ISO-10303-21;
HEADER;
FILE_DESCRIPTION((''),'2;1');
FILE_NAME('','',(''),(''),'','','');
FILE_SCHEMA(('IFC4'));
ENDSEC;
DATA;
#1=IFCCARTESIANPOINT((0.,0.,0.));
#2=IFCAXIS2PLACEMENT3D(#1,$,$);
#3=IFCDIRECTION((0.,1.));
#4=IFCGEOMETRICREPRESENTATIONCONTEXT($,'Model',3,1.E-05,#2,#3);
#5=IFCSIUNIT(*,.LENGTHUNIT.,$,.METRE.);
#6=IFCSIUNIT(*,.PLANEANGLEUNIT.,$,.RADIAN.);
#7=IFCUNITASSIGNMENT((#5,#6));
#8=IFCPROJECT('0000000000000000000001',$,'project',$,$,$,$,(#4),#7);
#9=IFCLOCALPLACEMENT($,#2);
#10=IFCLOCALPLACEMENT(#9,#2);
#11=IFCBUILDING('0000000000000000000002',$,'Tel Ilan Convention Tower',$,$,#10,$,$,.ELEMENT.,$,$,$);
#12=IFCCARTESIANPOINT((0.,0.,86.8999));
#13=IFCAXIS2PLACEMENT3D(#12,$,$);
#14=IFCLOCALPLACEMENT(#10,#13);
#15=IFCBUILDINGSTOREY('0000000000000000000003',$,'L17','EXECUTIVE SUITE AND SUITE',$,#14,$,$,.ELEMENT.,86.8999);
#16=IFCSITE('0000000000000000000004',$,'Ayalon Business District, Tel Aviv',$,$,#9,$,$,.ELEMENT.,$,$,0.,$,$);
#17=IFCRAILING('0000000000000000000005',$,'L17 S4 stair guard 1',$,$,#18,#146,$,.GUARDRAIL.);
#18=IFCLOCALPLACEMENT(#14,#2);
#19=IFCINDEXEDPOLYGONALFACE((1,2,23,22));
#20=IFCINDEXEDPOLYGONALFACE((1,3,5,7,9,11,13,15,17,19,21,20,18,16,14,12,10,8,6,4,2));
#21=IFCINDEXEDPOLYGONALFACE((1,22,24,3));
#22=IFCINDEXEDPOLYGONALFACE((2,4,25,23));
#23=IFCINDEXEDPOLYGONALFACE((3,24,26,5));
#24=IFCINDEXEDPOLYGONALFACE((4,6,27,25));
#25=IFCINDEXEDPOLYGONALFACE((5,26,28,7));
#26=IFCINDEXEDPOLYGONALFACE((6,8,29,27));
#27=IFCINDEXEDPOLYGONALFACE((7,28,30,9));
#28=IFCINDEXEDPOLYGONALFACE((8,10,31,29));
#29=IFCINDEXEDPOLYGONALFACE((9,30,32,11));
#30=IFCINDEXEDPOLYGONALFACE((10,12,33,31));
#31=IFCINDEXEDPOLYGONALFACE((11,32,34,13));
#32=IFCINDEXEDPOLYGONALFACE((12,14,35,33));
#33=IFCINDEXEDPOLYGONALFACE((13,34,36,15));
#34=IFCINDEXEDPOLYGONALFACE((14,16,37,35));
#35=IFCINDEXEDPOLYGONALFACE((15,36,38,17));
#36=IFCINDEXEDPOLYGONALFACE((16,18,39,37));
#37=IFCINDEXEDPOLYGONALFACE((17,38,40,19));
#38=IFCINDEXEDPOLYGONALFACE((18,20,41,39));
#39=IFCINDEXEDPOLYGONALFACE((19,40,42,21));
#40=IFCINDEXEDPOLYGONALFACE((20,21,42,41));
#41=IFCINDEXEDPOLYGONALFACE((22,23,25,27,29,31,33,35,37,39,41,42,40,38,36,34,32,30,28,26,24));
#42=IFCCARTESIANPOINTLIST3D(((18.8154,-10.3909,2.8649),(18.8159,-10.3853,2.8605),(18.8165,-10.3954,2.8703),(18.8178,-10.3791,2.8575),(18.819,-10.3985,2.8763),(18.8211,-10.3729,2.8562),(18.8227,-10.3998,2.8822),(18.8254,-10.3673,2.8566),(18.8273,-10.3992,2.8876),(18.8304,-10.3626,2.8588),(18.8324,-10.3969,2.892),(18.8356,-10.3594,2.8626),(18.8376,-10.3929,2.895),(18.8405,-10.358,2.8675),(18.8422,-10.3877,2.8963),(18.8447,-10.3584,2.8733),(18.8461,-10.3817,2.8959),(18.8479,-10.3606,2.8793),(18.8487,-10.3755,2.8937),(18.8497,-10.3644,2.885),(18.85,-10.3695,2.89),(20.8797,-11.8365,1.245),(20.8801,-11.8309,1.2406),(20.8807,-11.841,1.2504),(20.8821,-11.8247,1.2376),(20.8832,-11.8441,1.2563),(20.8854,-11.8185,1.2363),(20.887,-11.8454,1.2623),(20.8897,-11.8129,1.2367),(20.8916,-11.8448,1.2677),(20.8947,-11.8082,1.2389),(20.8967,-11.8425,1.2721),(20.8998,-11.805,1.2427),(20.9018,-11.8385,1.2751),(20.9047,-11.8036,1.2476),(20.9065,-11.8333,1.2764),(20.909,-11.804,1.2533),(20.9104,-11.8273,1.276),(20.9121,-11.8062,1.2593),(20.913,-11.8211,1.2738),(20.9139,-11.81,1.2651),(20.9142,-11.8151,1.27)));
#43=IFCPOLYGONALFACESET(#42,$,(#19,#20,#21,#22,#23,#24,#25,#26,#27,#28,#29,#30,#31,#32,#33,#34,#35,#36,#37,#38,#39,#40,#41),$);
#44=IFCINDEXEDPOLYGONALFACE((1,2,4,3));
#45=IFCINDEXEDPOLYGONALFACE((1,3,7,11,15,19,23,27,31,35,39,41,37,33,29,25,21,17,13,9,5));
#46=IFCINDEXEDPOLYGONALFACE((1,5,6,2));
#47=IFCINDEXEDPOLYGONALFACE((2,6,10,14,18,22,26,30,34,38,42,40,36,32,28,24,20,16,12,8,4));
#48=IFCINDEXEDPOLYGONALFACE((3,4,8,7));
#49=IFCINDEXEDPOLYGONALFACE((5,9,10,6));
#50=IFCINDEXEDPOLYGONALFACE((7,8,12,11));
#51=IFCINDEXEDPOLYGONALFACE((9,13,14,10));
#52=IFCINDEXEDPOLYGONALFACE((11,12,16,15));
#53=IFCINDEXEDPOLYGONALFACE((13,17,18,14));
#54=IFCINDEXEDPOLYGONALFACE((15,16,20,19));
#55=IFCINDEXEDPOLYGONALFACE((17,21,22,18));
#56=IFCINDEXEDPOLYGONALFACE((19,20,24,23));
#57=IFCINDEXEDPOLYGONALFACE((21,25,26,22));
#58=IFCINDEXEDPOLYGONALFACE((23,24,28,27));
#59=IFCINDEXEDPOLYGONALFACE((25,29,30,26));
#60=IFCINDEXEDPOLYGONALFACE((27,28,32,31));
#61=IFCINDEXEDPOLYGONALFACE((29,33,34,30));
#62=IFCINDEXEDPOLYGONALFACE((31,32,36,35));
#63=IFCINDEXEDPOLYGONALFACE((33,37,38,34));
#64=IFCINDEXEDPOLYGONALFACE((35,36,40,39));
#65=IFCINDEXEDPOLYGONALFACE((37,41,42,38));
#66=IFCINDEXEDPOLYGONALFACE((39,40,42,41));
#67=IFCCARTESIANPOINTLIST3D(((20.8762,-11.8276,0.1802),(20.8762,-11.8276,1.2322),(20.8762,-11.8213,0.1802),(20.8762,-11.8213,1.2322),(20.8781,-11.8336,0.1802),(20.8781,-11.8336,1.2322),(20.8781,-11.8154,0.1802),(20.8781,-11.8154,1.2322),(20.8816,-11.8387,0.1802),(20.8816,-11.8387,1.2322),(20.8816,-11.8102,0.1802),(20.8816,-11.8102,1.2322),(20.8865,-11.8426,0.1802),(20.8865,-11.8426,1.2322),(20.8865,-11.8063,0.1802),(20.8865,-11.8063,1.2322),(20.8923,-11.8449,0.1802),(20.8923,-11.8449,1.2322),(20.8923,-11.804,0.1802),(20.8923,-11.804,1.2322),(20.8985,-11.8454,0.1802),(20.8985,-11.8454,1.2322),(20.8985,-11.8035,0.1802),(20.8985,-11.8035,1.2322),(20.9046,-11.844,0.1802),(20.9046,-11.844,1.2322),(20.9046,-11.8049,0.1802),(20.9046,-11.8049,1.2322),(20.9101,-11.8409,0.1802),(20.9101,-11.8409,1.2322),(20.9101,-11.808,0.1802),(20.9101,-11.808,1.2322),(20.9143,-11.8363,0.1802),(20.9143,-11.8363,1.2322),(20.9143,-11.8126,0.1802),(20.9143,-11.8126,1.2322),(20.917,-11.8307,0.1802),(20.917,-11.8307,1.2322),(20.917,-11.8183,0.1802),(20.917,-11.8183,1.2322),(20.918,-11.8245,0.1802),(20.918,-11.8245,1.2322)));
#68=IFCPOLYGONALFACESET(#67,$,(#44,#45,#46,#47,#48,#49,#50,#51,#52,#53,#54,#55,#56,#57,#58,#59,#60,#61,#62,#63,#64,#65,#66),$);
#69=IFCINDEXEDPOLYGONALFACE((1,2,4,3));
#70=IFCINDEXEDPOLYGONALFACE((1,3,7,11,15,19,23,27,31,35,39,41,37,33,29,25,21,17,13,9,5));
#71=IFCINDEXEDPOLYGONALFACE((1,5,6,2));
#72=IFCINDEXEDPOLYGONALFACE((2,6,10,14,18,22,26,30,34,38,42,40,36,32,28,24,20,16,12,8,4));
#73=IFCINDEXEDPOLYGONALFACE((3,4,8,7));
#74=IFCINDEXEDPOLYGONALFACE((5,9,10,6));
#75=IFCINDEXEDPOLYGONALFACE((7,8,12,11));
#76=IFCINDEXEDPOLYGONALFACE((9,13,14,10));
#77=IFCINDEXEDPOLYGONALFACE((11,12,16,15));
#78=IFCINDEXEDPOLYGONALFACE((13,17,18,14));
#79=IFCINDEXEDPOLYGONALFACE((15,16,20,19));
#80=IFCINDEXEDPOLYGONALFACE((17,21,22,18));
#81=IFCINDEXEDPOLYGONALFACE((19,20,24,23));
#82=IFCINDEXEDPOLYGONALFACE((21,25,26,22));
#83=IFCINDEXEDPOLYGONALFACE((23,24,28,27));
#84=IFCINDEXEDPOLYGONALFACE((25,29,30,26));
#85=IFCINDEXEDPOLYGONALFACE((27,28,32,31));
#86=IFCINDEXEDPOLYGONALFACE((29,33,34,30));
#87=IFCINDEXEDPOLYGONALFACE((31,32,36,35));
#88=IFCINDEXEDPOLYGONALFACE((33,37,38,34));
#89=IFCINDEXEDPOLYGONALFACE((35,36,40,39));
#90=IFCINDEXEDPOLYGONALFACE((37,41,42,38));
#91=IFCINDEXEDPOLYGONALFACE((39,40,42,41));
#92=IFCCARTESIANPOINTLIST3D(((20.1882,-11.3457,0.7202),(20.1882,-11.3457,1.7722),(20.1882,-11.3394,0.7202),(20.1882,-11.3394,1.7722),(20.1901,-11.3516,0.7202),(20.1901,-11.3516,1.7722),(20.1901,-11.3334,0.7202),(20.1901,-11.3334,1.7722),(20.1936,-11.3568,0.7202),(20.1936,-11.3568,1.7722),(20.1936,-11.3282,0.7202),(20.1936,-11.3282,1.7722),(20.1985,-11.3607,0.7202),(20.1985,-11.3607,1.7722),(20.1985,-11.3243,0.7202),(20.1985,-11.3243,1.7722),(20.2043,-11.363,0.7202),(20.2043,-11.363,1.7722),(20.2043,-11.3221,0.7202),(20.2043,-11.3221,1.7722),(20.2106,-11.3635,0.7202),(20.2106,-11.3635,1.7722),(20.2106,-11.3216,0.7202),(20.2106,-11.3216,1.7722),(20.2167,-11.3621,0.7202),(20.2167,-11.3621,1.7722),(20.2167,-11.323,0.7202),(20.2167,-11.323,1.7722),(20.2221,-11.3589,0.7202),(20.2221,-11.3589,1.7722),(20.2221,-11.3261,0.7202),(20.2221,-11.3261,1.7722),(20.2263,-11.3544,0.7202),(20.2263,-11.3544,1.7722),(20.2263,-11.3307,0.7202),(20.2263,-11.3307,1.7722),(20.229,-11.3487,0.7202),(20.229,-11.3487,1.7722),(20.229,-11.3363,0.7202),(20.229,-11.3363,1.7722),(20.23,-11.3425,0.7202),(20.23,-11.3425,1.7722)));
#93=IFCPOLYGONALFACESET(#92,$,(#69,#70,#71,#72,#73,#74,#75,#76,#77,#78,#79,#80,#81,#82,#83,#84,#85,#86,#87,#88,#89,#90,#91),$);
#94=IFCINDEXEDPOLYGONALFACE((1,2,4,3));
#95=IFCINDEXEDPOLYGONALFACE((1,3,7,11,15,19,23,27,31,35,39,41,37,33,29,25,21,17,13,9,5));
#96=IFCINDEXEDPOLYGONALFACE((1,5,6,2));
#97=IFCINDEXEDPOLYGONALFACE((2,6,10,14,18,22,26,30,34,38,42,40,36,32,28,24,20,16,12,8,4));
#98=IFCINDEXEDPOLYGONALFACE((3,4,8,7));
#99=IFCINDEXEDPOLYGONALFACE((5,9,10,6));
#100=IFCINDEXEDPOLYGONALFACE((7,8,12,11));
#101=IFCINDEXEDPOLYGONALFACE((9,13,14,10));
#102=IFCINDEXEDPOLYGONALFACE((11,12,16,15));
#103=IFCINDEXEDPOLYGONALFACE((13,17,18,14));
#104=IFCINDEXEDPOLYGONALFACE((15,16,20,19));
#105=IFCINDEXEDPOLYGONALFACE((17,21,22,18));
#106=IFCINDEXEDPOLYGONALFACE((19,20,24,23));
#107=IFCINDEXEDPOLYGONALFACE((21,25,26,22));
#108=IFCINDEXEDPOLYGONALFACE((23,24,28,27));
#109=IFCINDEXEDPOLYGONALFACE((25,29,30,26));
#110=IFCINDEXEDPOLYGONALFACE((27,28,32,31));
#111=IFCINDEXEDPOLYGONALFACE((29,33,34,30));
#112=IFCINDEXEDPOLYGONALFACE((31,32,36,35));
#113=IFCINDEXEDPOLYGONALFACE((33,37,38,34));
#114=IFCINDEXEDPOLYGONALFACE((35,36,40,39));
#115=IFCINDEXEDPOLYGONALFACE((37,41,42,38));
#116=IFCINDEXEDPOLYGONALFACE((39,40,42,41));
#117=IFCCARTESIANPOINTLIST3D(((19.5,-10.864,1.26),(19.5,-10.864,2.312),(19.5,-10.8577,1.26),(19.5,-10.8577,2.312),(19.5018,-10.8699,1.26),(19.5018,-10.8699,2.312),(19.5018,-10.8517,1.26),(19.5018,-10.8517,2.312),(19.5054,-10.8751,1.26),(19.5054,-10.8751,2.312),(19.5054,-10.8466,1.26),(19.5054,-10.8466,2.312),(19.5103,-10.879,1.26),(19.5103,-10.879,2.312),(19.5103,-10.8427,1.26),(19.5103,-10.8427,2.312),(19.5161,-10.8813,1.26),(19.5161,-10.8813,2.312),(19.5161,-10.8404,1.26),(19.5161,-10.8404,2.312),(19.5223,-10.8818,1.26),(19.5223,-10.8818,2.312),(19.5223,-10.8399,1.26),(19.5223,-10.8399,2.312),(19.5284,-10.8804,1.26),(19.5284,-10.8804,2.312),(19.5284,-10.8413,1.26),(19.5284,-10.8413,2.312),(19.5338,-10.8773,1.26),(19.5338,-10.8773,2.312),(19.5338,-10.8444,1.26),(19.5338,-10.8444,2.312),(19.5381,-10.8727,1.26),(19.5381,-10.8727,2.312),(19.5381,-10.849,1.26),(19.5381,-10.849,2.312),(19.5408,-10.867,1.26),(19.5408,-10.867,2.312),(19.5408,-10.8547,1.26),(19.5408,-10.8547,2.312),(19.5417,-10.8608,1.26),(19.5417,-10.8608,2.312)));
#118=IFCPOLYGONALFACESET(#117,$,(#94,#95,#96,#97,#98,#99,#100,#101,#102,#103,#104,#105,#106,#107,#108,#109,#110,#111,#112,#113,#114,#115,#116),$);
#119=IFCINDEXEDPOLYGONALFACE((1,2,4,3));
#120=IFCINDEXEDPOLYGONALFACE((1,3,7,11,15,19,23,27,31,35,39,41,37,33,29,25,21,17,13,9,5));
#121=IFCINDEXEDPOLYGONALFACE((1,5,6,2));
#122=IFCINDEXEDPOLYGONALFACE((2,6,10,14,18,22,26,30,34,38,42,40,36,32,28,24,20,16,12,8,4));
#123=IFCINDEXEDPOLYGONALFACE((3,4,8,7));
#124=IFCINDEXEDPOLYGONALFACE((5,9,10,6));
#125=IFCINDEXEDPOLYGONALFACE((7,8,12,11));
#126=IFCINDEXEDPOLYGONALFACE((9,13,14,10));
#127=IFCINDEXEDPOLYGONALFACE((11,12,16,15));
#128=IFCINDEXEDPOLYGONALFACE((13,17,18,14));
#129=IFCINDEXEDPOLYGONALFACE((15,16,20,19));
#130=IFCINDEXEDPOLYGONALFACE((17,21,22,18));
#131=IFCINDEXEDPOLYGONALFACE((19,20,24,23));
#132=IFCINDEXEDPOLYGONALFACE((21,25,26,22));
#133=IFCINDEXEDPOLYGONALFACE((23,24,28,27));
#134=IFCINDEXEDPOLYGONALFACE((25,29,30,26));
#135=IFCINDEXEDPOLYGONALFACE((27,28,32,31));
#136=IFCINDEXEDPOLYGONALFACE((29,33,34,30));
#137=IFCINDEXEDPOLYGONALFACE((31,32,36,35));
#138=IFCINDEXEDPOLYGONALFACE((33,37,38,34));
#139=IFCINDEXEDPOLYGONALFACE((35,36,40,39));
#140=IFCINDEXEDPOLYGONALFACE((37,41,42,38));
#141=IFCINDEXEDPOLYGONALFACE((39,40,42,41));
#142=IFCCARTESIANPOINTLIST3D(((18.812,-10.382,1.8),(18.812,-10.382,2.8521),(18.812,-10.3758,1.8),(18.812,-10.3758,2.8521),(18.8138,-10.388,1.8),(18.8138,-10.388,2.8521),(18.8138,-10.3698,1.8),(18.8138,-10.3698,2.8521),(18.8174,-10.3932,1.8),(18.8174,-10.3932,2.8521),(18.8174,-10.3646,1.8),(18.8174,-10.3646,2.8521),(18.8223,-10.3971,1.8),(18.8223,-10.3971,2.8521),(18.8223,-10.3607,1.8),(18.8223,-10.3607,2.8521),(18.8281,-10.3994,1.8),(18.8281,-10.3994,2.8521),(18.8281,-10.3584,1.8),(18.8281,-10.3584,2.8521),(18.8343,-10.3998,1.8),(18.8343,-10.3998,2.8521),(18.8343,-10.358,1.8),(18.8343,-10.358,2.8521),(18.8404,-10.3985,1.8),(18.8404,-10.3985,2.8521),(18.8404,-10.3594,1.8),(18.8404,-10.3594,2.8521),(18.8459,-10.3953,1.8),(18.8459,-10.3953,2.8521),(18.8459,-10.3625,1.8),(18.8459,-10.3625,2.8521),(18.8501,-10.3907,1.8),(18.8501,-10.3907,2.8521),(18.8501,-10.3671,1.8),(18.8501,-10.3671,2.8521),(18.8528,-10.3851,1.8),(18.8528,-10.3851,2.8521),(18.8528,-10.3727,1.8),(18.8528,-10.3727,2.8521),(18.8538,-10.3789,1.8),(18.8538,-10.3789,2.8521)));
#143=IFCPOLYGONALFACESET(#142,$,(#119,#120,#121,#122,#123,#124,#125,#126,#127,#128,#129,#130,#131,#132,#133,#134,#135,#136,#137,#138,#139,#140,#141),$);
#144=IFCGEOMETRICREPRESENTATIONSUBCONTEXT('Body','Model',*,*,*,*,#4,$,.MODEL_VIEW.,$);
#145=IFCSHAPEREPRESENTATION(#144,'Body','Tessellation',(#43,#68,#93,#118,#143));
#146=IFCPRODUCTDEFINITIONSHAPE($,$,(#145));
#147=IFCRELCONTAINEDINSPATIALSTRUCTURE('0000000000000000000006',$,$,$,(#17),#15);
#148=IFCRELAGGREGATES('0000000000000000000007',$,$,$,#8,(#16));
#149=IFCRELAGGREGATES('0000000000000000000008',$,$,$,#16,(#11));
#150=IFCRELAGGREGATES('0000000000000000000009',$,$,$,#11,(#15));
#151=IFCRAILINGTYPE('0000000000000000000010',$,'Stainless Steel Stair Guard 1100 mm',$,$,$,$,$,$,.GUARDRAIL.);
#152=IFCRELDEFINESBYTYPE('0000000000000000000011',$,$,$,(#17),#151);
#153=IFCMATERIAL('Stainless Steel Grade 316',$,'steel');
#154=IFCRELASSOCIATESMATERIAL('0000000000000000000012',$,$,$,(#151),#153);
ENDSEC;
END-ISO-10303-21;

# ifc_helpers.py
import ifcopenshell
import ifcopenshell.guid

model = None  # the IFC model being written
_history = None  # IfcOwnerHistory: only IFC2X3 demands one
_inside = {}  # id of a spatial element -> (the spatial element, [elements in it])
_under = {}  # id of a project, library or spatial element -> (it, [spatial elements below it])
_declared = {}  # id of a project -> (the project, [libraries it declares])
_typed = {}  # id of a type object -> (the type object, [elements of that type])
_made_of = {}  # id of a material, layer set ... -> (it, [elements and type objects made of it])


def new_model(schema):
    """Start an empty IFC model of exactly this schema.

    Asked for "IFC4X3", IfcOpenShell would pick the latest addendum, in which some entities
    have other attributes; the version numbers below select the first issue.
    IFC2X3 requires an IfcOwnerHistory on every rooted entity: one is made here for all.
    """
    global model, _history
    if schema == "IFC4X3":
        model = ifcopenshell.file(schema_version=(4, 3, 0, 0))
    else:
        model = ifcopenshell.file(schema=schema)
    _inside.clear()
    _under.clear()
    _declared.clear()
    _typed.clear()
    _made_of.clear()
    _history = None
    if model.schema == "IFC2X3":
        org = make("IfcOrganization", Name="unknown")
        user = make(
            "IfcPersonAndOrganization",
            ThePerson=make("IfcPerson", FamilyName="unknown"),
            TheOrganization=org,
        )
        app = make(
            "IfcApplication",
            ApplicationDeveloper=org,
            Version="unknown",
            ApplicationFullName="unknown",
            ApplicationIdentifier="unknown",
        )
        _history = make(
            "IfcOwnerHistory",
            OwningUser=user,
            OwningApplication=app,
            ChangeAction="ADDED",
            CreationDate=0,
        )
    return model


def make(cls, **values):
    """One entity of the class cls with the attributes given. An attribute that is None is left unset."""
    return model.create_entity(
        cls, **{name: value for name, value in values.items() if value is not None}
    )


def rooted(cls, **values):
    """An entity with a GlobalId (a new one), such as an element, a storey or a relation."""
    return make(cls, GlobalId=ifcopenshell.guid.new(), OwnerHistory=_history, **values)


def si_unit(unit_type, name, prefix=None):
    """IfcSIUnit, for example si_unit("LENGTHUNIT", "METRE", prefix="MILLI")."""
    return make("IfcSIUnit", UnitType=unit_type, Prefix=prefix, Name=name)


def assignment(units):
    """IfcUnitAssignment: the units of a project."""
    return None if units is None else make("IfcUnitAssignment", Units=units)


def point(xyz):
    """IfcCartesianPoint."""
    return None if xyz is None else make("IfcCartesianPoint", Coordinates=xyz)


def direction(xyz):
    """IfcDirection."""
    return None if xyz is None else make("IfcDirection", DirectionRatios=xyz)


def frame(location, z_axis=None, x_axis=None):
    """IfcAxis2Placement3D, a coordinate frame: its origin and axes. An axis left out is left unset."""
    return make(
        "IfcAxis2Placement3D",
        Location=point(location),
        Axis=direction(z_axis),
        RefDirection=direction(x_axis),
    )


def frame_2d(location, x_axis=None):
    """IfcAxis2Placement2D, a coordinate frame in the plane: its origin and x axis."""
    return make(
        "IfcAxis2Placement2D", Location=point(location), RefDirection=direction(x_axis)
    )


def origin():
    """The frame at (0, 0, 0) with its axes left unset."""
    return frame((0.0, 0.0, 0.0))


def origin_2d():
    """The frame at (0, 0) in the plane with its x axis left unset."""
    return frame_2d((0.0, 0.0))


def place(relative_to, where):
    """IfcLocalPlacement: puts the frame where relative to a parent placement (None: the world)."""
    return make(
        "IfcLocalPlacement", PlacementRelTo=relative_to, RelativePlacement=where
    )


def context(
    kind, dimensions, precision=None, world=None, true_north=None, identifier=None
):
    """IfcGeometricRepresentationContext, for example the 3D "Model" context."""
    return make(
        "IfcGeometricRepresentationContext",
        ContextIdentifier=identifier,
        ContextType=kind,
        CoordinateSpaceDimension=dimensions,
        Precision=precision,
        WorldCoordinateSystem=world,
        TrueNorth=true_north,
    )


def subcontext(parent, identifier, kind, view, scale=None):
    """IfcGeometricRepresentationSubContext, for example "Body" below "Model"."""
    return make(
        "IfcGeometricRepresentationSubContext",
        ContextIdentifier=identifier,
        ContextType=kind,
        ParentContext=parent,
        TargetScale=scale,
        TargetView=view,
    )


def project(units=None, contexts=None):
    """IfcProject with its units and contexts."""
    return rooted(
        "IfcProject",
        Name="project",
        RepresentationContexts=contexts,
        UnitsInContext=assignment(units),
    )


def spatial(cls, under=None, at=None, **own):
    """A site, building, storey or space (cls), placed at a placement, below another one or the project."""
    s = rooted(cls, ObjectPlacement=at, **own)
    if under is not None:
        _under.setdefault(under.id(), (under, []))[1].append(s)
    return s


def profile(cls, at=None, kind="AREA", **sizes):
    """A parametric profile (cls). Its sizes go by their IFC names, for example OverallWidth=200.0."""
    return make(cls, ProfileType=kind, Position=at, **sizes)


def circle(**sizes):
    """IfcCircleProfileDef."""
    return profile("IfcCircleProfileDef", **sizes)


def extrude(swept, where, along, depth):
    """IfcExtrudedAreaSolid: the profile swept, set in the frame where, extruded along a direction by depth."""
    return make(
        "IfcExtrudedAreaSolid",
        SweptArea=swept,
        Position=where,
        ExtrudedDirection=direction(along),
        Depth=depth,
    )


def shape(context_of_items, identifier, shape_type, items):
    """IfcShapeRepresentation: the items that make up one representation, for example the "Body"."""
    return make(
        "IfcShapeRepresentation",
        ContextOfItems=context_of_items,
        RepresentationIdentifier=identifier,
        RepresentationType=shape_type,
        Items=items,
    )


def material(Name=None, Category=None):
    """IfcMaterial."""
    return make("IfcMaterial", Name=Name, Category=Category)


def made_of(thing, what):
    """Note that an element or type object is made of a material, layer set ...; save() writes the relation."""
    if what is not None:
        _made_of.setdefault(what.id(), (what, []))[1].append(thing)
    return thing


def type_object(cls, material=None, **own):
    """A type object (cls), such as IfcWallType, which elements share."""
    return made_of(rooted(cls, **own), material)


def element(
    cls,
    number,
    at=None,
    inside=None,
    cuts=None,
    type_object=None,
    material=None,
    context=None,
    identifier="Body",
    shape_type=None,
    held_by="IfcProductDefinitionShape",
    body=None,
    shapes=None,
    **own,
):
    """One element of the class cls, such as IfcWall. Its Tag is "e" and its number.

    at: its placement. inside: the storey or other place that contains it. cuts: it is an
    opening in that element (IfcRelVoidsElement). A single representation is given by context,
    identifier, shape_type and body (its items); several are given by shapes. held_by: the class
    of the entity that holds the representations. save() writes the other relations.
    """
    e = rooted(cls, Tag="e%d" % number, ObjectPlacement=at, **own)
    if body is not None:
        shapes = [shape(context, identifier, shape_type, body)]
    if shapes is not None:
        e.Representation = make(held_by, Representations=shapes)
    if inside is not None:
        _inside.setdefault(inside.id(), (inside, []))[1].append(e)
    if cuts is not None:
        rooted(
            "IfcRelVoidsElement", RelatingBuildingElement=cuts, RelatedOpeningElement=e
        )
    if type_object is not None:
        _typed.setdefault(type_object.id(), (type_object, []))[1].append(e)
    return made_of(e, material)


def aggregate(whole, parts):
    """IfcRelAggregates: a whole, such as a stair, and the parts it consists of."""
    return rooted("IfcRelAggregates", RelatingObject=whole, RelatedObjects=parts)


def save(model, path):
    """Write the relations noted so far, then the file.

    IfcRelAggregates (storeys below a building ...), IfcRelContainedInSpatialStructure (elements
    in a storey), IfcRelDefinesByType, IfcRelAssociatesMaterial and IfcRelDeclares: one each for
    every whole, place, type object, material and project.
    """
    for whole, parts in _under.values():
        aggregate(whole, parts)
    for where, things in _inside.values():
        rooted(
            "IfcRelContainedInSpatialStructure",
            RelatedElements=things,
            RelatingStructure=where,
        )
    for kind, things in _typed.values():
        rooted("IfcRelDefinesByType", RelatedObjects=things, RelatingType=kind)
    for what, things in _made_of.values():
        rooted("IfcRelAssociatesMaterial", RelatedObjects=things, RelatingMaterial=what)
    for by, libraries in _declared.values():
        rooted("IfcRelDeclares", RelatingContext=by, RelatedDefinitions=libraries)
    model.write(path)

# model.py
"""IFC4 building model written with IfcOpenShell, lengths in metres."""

from ifc_helpers import new_model, si_unit, direction, frame, origin, origin_2d, place, context, subcontext, project, spatial, circle, extrude, material, type_object, element, save


model = new_model("IFC4")

# Units and contexts
model_context = context("Model", 3, precision=1e-05, world=origin(), true_north=direction((0.0, 1.0)))
body_context = subcontext(model_context, "Body", "Model", "MODEL_VIEW")
ifc_project = project(units=[si_unit("LENGTHUNIT", "METRE"), si_unit("PLANEANGLEUNIT", "RADIAN")], contexts=[model_context])

# Site, building, storey
site_placement = place(None, origin())
site = spatial("IfcSite", under=ifc_project, at=site_placement, Name="Ayalon Business District, Tel Aviv", CompositionType="ELEMENT", RefElevation=0.0)
building_placement = place(site_placement, origin())
building = spatial("IfcBuilding", under=site, at=building_placement, Name="Tel Ilan Convention Tower", CompositionType="ELEMENT")
storey_placement = place(building_placement, frame((0.0, 0.0, 86.8999)))
storey = spatial("IfcBuildingStorey", under=building, at=storey_placement, Name="L17", Description="EXECUTIVE SUITE AND SUITE", CompositionType="ELEMENT", Elevation=86.8999)

# Railing
ifc_material_1 = material(Name="Stainless Steel Grade 316", Category="steel")
railing_type_1 = type_object("IfcRailingType", Name="Stainless Steel Stair Guard 1100 mm", PredefinedType="GUARDRAIL", material=ifc_material_1)
railing_1_placement = place(storey_placement, frame((20.897, -11.8245, 0.1802)))
element("IfcRailing", 1, at=railing_1_placement, inside=storey, type_object=railing_type_1, Name="L17 S4 stair guard 1", PredefinedType="GUARDRAIL", context=body_context, shape_type="SweptSolid", body=[
    extrude(circle(Radius=0.0239, at=origin_2d()), frame((0.0, 0.0, 1.0762), z_axis=(-0.689043, 0.482534, 0.540722), x_axis=(-0.573625, -0.819118, 0.0)), (0.0, 0.0, 1.0), 2.9958),
    extrude(circle(Radius=0.021, at=origin_2d()), origin(), (0.0, 0.0, 1.0), 1.052),
    extrude(circle(Radius=0.021, at=origin_2d()), frame((-0.688, 0.4819, 0.54)), (0.0, 0.0, 1.0), 1.052),
    extrude(circle(Radius=0.021, at=origin_2d()), frame((-1.3762, 0.9636, 1.0798)), (0.0, 0.0, 1.0), 1.052),
    extrude(circle(Radius=0.021, at=origin_2d()), frame((-2.0642, 1.4456, 1.6199)), (0.0, 0.0, 1.0), 1.052),
])

save(model, "model.ifc")
